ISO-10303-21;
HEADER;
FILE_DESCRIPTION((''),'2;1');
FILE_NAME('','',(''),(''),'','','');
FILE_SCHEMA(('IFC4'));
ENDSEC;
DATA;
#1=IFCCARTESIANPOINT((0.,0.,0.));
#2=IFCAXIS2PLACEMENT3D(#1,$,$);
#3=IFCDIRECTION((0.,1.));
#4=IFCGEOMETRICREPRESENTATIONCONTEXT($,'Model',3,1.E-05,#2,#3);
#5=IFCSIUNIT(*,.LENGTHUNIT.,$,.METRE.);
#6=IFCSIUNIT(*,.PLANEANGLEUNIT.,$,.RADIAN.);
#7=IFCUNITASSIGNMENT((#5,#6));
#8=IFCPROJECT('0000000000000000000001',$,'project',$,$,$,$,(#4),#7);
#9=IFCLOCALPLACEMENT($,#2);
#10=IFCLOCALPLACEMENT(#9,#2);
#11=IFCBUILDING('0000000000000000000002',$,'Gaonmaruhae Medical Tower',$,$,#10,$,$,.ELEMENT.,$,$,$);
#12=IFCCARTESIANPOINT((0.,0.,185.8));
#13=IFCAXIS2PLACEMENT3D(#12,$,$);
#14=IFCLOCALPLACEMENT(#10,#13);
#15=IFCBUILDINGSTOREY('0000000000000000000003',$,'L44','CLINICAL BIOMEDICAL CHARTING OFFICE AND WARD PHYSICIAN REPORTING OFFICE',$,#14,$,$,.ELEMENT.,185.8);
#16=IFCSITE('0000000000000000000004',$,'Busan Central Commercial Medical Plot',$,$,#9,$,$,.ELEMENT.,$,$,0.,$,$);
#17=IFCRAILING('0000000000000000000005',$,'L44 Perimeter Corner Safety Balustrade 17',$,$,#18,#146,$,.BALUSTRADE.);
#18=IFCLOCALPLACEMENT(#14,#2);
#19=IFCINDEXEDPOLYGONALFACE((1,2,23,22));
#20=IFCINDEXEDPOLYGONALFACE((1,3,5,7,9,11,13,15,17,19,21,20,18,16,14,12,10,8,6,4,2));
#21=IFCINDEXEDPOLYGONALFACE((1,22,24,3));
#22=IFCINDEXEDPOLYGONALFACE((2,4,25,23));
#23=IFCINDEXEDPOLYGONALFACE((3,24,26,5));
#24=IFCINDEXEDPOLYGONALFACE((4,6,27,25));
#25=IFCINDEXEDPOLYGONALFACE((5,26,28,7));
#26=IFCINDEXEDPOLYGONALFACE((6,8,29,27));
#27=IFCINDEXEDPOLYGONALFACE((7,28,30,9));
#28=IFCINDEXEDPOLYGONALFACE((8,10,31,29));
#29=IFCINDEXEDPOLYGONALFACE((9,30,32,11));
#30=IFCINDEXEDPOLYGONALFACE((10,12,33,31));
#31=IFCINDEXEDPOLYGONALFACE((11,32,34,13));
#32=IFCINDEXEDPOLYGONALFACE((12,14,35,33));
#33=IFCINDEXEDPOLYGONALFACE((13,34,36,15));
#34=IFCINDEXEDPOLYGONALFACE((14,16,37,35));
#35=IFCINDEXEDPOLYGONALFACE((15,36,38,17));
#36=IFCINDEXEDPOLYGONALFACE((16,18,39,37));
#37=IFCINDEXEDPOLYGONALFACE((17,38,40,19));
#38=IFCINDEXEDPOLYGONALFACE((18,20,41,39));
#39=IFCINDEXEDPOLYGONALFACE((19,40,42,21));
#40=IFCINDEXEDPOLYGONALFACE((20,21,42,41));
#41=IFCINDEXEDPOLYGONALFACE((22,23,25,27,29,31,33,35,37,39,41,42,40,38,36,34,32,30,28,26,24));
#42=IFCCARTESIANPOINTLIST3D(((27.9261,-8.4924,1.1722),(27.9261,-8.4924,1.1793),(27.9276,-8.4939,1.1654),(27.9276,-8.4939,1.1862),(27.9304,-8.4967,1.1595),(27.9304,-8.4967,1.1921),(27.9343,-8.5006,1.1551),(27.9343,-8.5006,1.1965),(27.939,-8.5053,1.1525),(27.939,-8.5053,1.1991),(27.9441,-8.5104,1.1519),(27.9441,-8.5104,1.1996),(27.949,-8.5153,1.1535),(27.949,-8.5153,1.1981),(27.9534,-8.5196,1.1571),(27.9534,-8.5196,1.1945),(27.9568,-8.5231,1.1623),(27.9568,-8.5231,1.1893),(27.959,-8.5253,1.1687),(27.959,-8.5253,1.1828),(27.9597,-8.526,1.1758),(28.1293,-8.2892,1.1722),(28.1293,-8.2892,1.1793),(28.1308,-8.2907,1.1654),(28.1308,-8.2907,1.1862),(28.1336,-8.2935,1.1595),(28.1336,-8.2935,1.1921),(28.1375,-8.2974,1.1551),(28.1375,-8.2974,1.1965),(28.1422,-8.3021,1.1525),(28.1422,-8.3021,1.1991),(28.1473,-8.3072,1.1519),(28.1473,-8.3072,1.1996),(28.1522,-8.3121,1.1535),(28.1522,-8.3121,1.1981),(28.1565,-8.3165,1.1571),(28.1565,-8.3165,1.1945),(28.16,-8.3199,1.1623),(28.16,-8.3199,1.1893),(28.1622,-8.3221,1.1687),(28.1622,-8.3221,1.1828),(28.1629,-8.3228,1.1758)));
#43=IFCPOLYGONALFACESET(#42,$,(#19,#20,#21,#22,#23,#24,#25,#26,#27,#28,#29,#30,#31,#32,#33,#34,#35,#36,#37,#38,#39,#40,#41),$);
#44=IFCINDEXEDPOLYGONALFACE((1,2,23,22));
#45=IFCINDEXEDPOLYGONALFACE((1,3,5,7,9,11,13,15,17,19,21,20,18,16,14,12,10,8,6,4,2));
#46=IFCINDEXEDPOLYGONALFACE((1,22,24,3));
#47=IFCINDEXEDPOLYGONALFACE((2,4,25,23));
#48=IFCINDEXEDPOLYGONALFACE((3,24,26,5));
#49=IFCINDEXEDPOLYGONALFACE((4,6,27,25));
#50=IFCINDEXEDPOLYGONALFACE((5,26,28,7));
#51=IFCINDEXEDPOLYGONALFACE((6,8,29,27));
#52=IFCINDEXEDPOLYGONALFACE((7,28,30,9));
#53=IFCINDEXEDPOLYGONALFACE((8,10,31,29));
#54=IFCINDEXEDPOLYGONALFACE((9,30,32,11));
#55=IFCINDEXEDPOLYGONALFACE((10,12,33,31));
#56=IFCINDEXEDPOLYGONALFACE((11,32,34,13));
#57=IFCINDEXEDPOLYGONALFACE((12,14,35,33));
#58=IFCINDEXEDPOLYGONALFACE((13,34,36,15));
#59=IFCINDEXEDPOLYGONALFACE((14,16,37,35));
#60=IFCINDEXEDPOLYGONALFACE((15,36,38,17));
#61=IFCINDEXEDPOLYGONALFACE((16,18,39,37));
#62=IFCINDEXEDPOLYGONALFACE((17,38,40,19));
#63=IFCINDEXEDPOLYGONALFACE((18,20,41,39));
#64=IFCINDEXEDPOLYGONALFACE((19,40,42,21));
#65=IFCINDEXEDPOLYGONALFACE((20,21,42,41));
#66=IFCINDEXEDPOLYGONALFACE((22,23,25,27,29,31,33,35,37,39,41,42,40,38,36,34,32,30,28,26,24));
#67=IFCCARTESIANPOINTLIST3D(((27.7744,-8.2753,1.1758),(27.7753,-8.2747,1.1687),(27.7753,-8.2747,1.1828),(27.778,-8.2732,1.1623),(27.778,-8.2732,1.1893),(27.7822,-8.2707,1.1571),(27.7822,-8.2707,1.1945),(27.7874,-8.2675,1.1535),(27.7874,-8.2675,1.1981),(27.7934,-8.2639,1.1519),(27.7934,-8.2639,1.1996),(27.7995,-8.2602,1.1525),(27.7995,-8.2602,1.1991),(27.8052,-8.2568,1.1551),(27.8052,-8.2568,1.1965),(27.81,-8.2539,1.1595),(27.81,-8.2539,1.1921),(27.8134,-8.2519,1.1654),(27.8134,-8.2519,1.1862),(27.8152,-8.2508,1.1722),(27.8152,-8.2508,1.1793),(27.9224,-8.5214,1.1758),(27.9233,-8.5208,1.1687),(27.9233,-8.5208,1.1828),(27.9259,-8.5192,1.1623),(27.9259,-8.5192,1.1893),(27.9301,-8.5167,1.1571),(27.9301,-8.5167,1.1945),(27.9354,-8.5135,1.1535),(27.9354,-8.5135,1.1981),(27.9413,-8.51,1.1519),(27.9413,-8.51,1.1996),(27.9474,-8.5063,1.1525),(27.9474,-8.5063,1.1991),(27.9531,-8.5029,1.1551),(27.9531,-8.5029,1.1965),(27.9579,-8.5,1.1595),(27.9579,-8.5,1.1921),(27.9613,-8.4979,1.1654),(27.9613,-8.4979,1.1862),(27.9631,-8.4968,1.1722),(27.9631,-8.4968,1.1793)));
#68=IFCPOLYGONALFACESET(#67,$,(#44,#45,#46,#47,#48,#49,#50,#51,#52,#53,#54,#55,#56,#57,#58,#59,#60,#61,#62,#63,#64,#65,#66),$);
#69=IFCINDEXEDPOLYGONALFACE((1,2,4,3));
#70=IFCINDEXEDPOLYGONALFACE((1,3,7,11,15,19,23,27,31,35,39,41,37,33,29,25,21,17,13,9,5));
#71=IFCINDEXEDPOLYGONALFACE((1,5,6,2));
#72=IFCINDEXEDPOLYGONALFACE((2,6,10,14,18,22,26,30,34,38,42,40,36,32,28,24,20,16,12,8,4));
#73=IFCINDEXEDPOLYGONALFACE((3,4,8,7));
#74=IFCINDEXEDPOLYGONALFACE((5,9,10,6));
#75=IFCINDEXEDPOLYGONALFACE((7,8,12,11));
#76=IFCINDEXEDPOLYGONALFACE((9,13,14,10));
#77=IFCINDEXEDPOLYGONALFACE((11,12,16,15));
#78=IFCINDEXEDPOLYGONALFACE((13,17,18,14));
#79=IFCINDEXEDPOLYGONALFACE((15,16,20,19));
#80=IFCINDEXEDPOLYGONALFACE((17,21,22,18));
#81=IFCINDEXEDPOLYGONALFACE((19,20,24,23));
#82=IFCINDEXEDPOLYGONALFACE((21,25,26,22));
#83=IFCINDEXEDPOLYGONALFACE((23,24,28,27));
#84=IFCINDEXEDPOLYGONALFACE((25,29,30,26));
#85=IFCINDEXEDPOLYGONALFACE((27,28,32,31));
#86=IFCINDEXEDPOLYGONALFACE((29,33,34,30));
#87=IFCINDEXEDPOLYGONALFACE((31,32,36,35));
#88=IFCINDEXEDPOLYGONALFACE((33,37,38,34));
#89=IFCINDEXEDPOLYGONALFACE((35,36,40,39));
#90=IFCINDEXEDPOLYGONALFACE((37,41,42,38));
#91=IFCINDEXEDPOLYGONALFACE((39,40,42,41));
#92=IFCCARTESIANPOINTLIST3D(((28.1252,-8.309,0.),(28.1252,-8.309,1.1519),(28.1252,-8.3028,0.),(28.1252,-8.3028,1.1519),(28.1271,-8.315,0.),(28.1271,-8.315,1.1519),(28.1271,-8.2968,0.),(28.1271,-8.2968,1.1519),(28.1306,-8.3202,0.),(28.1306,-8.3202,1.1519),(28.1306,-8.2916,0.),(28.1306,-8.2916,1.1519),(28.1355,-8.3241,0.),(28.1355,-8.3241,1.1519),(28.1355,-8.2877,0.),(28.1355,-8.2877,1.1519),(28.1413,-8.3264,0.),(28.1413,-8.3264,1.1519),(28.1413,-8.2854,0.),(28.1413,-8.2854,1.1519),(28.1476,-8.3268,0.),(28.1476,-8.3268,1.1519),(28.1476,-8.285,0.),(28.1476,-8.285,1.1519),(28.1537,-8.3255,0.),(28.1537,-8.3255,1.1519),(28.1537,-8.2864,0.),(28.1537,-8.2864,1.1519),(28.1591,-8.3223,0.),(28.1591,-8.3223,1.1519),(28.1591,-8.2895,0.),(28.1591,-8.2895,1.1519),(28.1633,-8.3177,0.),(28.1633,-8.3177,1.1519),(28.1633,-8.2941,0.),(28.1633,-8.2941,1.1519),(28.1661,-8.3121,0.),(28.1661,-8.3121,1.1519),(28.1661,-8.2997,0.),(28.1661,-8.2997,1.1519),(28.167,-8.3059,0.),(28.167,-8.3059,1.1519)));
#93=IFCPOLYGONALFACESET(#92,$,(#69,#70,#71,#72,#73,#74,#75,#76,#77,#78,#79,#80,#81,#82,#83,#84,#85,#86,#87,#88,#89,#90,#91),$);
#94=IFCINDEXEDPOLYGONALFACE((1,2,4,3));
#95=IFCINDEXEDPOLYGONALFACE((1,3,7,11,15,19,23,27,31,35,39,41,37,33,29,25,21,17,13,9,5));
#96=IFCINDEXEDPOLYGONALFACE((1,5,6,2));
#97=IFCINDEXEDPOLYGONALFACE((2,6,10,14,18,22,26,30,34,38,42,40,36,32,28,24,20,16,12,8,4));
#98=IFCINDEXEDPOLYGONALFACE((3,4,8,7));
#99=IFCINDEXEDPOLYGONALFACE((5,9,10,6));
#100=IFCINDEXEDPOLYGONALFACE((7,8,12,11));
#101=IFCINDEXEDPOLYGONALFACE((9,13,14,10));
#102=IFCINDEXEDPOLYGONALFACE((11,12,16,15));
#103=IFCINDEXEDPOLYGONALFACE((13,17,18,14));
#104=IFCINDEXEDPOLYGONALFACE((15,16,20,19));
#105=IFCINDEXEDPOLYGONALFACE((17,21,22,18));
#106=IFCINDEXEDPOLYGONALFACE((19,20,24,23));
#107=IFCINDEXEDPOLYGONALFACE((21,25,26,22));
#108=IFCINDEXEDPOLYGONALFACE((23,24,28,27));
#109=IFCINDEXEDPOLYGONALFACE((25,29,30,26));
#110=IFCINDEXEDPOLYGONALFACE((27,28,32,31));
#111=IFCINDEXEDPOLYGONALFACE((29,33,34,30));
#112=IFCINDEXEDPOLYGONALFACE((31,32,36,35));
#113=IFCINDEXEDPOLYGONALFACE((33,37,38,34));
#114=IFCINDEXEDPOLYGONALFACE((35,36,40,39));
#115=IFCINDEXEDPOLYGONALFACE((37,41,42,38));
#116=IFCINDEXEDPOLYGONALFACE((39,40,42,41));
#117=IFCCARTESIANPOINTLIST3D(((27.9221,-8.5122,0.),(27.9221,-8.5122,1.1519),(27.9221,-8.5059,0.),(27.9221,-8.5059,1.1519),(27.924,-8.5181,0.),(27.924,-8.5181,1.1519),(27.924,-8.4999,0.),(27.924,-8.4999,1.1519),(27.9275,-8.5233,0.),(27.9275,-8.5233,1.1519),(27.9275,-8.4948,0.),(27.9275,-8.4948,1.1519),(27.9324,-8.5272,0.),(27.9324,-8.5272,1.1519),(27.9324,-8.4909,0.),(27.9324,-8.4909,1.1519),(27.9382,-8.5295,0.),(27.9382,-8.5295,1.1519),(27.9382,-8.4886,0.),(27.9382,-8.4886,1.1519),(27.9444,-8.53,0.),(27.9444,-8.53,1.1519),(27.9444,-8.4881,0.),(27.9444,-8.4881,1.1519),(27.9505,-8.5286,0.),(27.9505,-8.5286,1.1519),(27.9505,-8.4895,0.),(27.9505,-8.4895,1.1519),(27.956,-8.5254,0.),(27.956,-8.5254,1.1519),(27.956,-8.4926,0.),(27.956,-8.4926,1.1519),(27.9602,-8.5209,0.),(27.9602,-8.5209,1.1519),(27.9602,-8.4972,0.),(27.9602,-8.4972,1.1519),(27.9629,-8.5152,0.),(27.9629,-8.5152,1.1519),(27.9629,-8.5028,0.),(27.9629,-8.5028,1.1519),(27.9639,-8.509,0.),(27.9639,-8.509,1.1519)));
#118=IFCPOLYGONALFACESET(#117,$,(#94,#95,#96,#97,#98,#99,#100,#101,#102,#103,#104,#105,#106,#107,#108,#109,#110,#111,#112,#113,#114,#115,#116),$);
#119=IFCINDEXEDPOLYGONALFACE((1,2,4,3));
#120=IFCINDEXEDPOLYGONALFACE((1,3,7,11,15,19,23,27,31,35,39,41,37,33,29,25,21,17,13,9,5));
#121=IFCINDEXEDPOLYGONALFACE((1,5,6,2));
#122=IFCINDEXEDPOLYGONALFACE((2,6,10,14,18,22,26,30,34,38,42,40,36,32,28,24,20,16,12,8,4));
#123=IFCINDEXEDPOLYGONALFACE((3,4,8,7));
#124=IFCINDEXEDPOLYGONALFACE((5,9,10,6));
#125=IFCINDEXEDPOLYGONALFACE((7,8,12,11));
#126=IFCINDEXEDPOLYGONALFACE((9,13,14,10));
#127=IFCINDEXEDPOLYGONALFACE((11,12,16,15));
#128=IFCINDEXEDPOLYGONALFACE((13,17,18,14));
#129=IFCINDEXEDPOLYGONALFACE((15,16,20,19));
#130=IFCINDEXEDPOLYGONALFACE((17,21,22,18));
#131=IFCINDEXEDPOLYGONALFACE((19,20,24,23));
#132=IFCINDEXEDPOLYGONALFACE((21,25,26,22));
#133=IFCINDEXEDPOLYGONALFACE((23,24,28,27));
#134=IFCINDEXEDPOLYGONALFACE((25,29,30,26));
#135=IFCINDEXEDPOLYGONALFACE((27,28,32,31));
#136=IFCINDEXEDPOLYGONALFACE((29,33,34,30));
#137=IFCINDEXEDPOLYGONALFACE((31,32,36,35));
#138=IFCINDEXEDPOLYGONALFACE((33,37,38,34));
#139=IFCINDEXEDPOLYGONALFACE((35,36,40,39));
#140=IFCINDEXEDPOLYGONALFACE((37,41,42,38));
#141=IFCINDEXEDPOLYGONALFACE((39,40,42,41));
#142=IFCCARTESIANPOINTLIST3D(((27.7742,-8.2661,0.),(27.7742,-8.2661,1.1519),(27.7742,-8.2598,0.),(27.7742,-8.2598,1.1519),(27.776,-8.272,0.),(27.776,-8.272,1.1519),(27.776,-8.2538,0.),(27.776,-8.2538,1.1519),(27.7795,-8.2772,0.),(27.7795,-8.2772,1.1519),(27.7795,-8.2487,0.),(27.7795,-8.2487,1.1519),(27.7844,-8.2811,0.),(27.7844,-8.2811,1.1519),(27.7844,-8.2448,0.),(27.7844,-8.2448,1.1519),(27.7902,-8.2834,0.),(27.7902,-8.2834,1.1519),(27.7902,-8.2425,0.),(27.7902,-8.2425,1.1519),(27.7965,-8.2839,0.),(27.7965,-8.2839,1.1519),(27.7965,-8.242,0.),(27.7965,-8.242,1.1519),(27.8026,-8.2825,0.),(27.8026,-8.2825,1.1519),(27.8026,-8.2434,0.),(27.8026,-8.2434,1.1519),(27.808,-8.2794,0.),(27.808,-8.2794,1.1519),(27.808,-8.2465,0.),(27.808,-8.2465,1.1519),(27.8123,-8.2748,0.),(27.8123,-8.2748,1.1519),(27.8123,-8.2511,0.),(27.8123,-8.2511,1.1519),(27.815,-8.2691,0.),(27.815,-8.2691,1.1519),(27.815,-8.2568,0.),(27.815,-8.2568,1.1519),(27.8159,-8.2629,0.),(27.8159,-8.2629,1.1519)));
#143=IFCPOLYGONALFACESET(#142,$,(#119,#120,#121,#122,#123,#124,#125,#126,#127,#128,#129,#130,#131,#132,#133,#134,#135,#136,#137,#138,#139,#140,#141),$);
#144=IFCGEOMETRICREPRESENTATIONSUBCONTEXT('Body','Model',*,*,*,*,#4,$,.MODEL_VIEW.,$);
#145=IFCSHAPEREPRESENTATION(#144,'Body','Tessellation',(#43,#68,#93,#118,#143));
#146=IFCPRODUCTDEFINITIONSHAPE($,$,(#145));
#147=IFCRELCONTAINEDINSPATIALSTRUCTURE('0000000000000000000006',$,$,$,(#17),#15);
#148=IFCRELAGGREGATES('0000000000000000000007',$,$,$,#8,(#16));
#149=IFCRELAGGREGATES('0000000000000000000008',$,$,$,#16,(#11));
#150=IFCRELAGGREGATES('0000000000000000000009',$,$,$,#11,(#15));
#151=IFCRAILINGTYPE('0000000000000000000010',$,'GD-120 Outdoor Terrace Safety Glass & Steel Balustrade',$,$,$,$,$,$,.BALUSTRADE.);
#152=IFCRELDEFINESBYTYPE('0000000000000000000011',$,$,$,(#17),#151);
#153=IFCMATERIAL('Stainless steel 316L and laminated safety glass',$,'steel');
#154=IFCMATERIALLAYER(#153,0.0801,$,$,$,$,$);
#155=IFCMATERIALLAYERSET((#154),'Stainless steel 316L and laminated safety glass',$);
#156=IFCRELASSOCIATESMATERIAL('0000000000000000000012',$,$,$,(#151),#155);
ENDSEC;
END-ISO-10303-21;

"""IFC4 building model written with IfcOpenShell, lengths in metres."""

from ifc_helpers import new_model, si_unit, direction, frame, origin, origin_2d, place, context, subcontext, project, spatial, circle, extrude, material, layer, layer_set, type_object, element, save


model = new_model("IFC4")

# Units and contexts
model_context = context("Model", 3, precision=1e-05, world=origin(), true_north=direction((0.0, 1.0)))
body_context = subcontext(model_context, "Body", "Model", "MODEL_VIEW")
ifc_project = project(units=[si_unit("LENGTHUNIT", "METRE"), si_unit("PLANEANGLEUNIT", "RADIAN")], contexts=[model_context])

# Site, building, storey
site_placement = place(None, origin())
site = spatial("IfcSite", under=ifc_project, at=site_placement, Name="Busan Central Commercial Medical Plot", CompositionType="ELEMENT", RefElevation=0.0)
building_placement = place(site_placement, origin())
building = spatial("IfcBuilding", under=site, at=building_placement, Name="Gaonmaruhae Medical Tower", CompositionType="ELEMENT")
storey_placement = place(building_placement, frame((0.0, 0.0, 185.8)))
storey = spatial("IfcBuildingStorey", under=building, at=storey_placement, Name="L44", Description="CLINICAL BIOMEDICAL CHARTING OFFICE AND WARD PHYSICIAN REPORTING OFFICE", CompositionType="ELEMENT", Elevation=185.8)

# Railing
ifc_material_1 = material(Name="Stainless steel 316L and laminated safety glass", Category="steel")
ifc_layer_1 = layer(ifc_material_1, 0.0801)
ifc_layer_set_1 = layer_set([ifc_layer_1], Name="Stainless steel 316L and laminated safety glass")
railing_type = type_object("IfcRailingType", Name="GD-120 Outdoor Terrace Safety Glass & Steel Balustrade", PredefinedType="BALUSTRADE", material=ifc_layer_set_1)
railing_1_placement = place(storey_placement, frame((28.146, -8.3059, 0.0)))
element("IfcRailing", 1, at=railing_1_placement, inside=storey, type_object=railing_type, Name="L44 Perimeter Corner Safety Balustrade 17", PredefinedType="BALUSTRADE", context=body_context, shape_type="SweptSolid", body=[
    extrude(circle(Radius=0.0239, at=origin_2d()), frame((0.0, 0.0, 1.1758), z_axis=(-0.707107, -0.707107, 0.0), x_axis=(0.707107, -0.707107, 0.0)), (0.0, 0.0, 1.0), 0.2874),
    extrude(circle(Radius=0.0239, at=origin_2d()), frame((-0.2031, -0.2031, 1.1758), z_axis=(-0.515246, 0.857042, 0.0), x_axis=(-0.857042, -0.515246, 0.0)), (0.0, 0.0, 1.0), 0.2871),
    extrude(circle(Radius=0.021, at=origin_2d()), origin(), (0.0, 0.0, 1.0), 1.1519),
    extrude(circle(Radius=0.021, at=origin_2d()), frame((-0.2031, -0.2031, 0.0)), (0.0, 0.0, 1.0), 1.1519),
    extrude(circle(Radius=0.021, at=origin_2d()), frame((-0.3511, 0.043, 0.0)), (0.0, 0.0, 1.0), 1.1519),
])

save(model, "model.ifc")
